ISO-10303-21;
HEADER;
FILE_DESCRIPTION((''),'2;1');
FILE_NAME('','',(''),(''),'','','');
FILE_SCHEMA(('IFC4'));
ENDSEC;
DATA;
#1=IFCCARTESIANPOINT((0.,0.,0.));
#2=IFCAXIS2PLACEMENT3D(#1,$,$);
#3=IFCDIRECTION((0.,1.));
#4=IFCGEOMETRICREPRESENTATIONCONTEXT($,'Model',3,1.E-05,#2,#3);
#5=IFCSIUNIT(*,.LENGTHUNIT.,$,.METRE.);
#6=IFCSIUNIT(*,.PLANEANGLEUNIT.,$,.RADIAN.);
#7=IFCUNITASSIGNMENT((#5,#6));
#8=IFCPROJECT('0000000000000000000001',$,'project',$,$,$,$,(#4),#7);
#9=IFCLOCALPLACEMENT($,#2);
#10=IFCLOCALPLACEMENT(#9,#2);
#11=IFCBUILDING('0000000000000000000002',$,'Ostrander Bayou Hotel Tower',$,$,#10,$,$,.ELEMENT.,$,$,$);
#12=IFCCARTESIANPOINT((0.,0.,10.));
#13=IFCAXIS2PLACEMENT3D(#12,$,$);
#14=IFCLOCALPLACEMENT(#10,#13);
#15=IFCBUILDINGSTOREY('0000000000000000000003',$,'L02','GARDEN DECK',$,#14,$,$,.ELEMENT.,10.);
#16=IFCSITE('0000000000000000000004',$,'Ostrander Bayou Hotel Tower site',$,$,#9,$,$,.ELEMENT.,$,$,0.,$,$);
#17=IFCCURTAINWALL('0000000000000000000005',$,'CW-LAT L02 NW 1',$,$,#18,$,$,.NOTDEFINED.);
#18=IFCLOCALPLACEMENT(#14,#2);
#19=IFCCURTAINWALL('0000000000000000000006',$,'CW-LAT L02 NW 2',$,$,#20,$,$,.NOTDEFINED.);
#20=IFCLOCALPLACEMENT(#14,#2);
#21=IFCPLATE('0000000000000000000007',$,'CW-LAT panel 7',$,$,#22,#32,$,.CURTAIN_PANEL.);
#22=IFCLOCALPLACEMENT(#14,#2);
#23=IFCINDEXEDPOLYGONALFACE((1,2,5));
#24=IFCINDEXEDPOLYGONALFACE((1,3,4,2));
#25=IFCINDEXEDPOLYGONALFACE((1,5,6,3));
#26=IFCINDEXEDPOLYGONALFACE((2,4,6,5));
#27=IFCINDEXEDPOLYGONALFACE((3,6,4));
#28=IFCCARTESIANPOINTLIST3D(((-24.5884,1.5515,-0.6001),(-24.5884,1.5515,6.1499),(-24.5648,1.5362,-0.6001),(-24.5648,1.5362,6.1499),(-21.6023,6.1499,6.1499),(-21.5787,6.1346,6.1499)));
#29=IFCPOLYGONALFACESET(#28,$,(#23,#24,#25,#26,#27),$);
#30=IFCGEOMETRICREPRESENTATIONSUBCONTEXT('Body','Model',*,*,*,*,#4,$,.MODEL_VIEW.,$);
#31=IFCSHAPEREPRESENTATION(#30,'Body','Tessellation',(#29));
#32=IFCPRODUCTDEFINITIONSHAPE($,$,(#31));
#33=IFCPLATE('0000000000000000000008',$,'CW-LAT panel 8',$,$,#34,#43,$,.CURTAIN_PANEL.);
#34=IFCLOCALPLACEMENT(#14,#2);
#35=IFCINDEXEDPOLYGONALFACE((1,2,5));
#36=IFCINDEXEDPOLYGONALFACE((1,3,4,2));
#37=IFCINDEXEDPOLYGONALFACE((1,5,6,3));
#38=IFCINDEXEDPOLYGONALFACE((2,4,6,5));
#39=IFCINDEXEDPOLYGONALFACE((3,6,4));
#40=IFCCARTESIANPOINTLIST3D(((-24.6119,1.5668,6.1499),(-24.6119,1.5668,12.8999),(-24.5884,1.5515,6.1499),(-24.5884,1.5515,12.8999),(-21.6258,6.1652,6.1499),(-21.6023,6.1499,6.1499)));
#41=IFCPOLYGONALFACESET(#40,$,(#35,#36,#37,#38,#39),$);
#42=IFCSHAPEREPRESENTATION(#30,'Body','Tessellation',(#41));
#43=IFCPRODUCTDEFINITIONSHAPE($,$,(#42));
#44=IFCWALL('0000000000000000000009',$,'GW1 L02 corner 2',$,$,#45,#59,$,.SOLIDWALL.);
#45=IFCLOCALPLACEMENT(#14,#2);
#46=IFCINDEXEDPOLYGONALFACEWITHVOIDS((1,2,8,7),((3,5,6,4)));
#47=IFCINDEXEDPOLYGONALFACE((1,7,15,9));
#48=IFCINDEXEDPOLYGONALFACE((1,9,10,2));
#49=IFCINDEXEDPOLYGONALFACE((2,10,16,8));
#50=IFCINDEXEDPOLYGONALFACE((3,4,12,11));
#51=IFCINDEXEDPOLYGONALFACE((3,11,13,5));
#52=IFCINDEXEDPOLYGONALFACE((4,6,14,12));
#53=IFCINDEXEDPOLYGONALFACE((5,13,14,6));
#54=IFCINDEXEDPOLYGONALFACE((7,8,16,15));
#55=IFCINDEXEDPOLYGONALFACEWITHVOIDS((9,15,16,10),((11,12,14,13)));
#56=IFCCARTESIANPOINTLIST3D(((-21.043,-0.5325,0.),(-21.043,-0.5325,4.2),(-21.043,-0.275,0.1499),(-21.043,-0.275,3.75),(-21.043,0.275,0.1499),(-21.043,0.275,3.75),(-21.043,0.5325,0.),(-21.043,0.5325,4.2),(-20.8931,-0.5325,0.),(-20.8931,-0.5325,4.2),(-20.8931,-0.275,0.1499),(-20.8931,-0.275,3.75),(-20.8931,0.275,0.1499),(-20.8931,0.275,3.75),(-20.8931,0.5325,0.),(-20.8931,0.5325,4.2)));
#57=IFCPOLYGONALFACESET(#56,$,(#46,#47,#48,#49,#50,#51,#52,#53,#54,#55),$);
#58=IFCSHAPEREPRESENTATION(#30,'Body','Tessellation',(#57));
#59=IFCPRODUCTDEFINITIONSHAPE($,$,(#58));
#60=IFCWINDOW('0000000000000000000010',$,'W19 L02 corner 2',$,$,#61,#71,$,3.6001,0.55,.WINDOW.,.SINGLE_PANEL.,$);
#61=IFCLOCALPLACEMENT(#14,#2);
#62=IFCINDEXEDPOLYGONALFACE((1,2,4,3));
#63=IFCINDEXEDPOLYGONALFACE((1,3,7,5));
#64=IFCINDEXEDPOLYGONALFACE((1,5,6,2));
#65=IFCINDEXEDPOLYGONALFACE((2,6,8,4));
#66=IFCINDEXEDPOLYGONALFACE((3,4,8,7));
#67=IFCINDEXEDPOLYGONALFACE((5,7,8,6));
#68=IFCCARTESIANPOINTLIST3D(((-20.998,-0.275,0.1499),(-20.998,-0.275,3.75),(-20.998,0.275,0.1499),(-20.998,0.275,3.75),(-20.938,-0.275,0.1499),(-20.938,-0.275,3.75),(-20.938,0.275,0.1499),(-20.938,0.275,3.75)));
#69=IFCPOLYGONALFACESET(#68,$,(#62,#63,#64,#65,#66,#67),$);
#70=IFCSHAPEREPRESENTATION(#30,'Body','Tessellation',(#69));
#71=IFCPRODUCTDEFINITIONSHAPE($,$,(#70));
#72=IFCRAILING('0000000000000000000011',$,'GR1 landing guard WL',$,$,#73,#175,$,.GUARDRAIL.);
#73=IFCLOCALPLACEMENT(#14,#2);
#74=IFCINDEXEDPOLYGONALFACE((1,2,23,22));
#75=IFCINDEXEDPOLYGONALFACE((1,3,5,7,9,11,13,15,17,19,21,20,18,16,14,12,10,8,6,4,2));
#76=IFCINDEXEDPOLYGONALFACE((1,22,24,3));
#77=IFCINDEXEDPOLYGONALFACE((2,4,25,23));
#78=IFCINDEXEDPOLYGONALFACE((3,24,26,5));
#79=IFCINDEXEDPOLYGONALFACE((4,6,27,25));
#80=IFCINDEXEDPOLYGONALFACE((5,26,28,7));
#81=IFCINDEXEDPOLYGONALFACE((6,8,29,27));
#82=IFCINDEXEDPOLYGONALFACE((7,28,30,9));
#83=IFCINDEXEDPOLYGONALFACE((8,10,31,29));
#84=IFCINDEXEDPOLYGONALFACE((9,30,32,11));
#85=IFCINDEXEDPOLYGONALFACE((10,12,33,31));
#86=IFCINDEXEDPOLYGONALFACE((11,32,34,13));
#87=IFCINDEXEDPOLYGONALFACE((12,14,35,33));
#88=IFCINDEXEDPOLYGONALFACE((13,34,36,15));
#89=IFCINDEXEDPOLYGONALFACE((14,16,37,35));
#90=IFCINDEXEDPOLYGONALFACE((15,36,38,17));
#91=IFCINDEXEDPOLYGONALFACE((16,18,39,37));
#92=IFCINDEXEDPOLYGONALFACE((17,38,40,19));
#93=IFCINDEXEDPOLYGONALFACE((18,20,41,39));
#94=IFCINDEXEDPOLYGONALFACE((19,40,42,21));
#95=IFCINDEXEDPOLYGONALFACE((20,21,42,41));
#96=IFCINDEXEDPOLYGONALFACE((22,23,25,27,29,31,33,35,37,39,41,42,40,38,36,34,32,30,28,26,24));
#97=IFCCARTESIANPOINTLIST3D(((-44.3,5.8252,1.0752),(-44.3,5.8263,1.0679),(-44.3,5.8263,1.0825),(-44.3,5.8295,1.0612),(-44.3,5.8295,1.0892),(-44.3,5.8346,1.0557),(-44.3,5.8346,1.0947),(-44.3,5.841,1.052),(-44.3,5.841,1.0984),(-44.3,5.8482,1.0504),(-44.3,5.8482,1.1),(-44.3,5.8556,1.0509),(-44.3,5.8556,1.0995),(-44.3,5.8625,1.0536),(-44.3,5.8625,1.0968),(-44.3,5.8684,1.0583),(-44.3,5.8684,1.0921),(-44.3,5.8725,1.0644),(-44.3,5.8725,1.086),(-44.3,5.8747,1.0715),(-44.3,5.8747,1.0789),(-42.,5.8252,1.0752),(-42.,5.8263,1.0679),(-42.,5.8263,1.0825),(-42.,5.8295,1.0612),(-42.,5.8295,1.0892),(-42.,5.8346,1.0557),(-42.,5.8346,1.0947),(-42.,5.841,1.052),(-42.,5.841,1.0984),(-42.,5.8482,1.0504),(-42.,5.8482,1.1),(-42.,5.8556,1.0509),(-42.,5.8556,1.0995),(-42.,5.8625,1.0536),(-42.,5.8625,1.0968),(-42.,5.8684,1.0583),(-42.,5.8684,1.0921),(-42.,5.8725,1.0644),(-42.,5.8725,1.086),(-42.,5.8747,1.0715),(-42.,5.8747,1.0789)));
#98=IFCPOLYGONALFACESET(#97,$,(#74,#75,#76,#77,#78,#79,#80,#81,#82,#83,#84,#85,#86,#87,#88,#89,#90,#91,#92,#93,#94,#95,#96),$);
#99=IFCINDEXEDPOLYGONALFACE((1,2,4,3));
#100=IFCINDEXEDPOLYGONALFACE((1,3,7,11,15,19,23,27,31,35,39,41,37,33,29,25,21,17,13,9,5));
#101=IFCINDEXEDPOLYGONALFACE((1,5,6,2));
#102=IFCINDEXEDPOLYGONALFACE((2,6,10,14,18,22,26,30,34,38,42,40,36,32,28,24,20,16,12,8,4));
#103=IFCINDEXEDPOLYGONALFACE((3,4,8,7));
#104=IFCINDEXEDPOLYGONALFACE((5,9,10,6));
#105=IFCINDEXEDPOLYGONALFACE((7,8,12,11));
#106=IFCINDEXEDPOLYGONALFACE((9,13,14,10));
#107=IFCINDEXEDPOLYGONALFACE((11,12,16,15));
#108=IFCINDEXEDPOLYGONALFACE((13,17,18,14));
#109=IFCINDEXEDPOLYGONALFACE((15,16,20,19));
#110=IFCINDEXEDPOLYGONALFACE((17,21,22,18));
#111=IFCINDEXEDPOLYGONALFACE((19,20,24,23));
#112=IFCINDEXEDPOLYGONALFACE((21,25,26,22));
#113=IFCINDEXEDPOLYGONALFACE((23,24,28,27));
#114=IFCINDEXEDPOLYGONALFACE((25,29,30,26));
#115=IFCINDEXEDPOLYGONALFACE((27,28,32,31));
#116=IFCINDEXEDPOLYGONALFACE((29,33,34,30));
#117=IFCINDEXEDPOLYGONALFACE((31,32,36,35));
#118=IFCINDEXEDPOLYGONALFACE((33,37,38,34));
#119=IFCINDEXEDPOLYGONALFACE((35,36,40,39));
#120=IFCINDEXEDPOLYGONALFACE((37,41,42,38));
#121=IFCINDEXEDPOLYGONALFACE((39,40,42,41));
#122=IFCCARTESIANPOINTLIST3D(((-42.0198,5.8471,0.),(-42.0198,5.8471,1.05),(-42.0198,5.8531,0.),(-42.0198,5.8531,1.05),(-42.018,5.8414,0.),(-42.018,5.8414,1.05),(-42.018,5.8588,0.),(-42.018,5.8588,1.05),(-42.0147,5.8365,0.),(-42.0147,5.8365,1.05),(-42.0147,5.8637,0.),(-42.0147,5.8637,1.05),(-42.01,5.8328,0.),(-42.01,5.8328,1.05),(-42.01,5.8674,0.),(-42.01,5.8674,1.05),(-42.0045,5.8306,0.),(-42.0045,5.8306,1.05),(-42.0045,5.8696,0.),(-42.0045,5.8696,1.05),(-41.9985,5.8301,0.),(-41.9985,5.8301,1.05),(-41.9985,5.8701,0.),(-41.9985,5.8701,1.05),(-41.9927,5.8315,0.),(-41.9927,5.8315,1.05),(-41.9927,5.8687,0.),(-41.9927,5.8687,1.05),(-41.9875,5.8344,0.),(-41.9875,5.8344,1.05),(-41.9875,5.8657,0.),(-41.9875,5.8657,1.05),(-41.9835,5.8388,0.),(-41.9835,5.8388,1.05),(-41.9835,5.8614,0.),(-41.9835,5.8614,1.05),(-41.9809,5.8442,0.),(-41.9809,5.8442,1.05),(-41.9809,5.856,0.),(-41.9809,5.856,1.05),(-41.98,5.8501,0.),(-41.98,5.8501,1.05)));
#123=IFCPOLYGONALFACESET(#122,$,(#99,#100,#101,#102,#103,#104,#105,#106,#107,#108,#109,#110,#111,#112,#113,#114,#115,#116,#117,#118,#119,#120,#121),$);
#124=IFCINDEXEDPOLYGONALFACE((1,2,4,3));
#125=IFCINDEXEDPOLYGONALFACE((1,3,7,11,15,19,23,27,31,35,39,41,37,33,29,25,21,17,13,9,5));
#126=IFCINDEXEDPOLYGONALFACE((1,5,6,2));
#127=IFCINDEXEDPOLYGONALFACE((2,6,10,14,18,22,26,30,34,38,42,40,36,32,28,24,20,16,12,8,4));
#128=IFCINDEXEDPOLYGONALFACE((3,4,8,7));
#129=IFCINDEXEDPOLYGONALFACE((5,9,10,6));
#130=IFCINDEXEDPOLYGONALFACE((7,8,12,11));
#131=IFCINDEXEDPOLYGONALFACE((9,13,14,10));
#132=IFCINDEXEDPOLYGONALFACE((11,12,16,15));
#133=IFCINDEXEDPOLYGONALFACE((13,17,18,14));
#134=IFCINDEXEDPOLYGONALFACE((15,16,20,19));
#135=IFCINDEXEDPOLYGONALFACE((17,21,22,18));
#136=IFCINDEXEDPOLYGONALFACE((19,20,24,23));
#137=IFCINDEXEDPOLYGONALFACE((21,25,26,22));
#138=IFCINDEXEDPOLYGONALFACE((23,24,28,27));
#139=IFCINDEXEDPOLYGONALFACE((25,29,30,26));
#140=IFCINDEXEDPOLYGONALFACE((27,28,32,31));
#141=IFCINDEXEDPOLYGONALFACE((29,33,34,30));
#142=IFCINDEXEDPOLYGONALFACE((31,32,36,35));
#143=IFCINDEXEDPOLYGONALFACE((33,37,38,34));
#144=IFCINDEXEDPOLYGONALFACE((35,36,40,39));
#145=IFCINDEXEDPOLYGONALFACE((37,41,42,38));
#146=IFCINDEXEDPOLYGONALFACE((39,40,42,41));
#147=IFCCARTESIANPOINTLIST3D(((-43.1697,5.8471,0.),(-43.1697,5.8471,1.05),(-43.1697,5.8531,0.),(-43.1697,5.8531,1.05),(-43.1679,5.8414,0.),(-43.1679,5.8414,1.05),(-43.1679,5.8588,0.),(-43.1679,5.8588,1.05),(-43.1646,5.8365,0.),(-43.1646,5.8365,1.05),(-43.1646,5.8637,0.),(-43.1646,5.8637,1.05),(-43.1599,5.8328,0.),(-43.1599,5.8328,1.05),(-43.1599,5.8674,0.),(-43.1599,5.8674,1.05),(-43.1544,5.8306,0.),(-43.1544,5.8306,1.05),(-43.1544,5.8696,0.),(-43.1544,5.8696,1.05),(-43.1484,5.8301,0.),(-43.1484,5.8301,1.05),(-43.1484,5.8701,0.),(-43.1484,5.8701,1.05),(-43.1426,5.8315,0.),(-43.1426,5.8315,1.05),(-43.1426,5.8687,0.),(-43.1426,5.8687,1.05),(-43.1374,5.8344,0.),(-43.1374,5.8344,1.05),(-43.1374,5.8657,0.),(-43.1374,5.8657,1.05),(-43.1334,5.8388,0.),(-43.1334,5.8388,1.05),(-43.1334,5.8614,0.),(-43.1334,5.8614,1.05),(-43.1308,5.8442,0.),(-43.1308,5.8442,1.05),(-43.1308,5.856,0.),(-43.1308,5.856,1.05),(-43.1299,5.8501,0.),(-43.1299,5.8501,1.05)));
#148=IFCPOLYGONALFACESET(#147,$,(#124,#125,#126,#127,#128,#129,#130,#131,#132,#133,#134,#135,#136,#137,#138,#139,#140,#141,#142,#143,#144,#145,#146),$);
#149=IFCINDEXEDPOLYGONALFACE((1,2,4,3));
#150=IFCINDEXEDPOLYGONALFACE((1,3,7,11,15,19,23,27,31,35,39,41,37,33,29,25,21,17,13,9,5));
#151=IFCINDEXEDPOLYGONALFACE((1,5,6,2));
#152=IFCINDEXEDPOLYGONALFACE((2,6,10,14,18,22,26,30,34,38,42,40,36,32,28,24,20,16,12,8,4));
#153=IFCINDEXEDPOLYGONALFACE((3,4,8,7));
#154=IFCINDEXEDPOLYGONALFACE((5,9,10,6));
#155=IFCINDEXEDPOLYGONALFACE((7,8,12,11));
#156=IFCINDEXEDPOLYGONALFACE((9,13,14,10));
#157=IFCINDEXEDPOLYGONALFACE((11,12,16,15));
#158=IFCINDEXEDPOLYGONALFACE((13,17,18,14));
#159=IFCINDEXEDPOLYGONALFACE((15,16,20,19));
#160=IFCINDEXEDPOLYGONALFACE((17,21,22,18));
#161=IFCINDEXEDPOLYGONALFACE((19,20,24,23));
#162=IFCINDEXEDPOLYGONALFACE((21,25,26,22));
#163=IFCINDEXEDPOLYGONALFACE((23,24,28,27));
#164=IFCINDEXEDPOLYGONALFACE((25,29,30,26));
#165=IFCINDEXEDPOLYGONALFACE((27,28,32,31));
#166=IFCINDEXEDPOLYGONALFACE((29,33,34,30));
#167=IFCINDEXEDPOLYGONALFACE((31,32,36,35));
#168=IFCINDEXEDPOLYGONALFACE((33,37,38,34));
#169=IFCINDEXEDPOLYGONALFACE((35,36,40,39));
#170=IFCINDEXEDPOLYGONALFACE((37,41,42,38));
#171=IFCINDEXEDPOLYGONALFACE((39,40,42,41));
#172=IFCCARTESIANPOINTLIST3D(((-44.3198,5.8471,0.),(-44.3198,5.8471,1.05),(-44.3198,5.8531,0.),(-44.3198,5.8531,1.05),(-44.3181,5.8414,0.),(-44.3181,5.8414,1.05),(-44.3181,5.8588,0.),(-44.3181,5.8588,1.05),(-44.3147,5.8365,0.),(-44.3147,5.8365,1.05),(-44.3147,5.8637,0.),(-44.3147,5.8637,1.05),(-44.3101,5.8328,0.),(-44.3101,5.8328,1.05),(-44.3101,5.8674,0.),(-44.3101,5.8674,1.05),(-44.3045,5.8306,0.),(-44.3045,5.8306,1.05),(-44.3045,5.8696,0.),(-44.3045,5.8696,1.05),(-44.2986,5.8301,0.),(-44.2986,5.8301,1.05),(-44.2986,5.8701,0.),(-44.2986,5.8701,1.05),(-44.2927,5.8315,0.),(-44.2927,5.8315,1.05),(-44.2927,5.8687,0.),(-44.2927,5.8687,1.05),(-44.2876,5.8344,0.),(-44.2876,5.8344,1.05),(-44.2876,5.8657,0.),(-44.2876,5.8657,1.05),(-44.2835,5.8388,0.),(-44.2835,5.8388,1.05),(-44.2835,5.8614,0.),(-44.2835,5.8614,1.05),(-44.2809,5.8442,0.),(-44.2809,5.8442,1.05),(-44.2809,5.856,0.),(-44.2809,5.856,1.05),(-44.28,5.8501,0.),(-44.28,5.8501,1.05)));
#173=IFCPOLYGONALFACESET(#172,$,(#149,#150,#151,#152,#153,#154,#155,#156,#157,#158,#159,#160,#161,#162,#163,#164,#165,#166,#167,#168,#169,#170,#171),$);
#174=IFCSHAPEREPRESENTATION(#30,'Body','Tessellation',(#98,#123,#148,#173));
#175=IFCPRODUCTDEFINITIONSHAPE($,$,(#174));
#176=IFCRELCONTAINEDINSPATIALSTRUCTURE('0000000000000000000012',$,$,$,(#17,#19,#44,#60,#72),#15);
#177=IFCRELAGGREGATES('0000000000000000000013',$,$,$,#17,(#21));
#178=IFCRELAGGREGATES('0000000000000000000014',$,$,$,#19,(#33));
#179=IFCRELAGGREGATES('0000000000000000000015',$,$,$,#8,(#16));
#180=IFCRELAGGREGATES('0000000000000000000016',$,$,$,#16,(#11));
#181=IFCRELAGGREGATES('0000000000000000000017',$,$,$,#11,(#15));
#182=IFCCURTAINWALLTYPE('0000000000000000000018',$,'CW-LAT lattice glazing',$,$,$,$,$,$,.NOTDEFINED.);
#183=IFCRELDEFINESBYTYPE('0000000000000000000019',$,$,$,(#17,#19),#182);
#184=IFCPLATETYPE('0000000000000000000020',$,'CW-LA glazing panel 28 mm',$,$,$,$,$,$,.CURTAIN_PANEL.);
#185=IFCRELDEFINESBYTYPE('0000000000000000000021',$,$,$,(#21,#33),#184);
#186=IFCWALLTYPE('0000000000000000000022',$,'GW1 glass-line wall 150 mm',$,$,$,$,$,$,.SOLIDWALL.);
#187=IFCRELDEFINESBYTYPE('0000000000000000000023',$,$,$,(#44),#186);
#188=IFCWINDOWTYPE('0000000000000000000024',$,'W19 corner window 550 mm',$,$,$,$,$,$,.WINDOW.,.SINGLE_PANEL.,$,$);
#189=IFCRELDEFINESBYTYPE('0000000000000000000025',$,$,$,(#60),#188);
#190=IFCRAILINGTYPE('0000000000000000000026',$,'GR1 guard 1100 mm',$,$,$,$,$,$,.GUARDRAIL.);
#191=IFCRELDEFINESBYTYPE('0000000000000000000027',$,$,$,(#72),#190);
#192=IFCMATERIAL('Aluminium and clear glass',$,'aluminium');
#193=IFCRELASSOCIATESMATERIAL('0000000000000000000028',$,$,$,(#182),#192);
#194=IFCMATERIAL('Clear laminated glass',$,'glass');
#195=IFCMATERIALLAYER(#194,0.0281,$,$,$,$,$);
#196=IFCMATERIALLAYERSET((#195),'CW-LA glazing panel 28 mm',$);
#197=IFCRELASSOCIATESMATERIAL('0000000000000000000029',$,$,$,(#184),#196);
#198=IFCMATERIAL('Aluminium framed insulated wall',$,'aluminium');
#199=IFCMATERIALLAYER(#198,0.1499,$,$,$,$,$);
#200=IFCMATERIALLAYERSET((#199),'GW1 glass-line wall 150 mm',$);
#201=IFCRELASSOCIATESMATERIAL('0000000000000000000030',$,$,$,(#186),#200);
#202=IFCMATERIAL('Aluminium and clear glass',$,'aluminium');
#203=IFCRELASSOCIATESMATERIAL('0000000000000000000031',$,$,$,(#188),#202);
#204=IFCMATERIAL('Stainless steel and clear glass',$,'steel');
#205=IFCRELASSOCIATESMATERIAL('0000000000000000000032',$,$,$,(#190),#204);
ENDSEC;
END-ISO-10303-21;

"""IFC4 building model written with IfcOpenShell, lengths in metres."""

from ifc_helpers import new_model, si_unit, direction, frame, frame_2d, origin, origin_2d, place, context, subcontext, project, spatial, polyline, rectangle, circle, outline, extrude, material, layer, layer_set, type_object, element, fill, aggregate, save


model = new_model("IFC4")

# Units and contexts
model_context = context("Model", 3, precision=1e-05, world=origin(), true_north=direction((0.0, 1.0)))
body_context = subcontext(model_context, "Body", "Model", "MODEL_VIEW")
ifc_project = project(units=[si_unit("LENGTHUNIT", "METRE"), si_unit("PLANEANGLEUNIT", "RADIAN")], contexts=[model_context])

# Site, building, storey
site_placement = place(None, origin())
site = spatial("IfcSite", under=ifc_project, at=site_placement, Name="Ostrander Bayou Hotel Tower site", CompositionType="ELEMENT", RefElevation=0.0)
building_placement = place(site_placement, origin())
building = spatial("IfcBuilding", under=site, at=building_placement, Name="Ostrander Bayou Hotel Tower", CompositionType="ELEMENT")
storey_placement = place(building_placement, frame((0.0, 0.0, 10.0)))
storey = spatial("IfcBuildingStorey", under=building, at=storey_placement, Name="L02", Description="GARDEN DECK", CompositionType="ELEMENT", Elevation=10.0)

# Curtain wall
ifc_material_1 = material(Name="Aluminium and clear glass", Category="aluminium")
curtain_wall_type = type_object("IfcCurtainWallType", Name="CW-LAT lattice glazing", PredefinedType="NOTDEFINED", material=ifc_material_1)
curtain_wall_1_placement = place(storey_placement, origin())
curtain_wall_1 = element("IfcCurtainWall", 1, at=curtain_wall_1_placement, inside=storey, type_object=curtain_wall_type, Name="CW-LAT L02 NW 1", PredefinedType="NOTDEFINED")

# Curtain wall
curtain_wall_2_placement = place(storey_placement, origin())
curtain_wall_2 = element("IfcCurtainWall", 2, at=curtain_wall_2_placement, inside=storey, type_object=curtain_wall_type, Name="CW-LAT L02 NW 2", PredefinedType="NOTDEFINED")

# Shared definitions
ifc_material_2 = material(Name="Clear laminated glass", Category="glass")
ifc_layer_1 = layer(ifc_material_2, 0.0281)
ifc_layer_set_1 = layer_set([ifc_layer_1], Name="CW-LA glazing panel 28 mm")
plate_type = type_object("IfcPlateType", Name="CW-LA glazing panel 28 mm", PredefinedType="CURTAIN_PANEL", material=ifc_layer_set_1)

# Plates
plate_1_placement = place(storey_placement, frame((-21.6023, 6.1499, 6.1499), z_axis=(-0.838683, 0.54462, 0.0), x_axis=(-0.343377, -0.52878, -0.776199)))
plate_1 = element("IfcPlate", 3, at=plate_1_placement, type_object=plate_type, Name="CW-LAT panel 7", PredefinedType="CURTAIN_PANEL", context=body_context, shape_type="SweptSolid", body=[
    extrude(outline(polyline([(0.0, 0.0), (8.6962, 0.0), (3.4569, 4.2558), (0.0, 0.0)])), origin(), (0.0, 0.0, -1.0), 0.0281),
])
aggregate(curtain_wall_1, [plate_1])
plate_2_placement = place(storey_placement, frame((-21.6023, 6.1499, 6.1499), z_axis=(0.838683, -0.54462, 0.0), x_axis=(-0.343377, -0.52878, 0.776199)))
plate_2 = element("IfcPlate", 4, at=plate_2_placement, type_object=plate_type, Name="CW-LAT panel 8", PredefinedType="CURTAIN_PANEL", context=body_context, shape_type="SweptSolid", body=[
    extrude(outline(polyline([(0.0, 0.0), (8.6962, 0.0), (3.4569, 4.2558), (0.0, 0.0)])), origin(), (0.0, 0.0, -1.0), 0.0281),
])
aggregate(curtain_wall_2, [plate_2])

# Wall, opening, window
ifc_material_3 = material(Name="Aluminium framed insulated wall", Category="aluminium")
ifc_layer_2 = layer(ifc_material_3, 0.1499)
ifc_layer_set_2 = layer_set([ifc_layer_2], Name="GW1 glass-line wall 150 mm")
wall_type_1 = type_object("IfcWallType", Name="GW1 glass-line wall 150 mm", PredefinedType="SOLIDWALL", material=ifc_layer_set_2)
wall_1_placement = place(storey_placement, frame((-20.968, 0.5325, 0.0), z_axis=(0.0, 0.0, 1.0), x_axis=(0.0, -1.0, 0.0)))
wall_1 = element("IfcWall", 5, at=wall_1_placement, inside=storey, type_object=wall_type_1, Name="GW1 L02 corner 2", PredefinedType="SOLIDWALL", context=body_context, shape_type="SweptSolid", body=[
    extrude(rectangle(XDim=1.0649, YDim=0.1499, at=frame_2d((0.5325, 0.0))), origin(), (0.0, 0.0, 1.0), 4.2),
])
opening_1_placement = place(wall_1_placement, frame((0.2576, 0.0, 0.1499)))
opening_1 = element("IfcOpeningElement", 6, at=opening_1_placement, cuts=wall_1, PredefinedType="OPENING", context=body_context, shape_type="SweptSolid", body=[
    extrude(rectangle(XDim=0.55, YDim=3.6001, at=frame_2d((0.2749, 1.8))), frame((0.0, 0.075, 0.0), z_axis=(0.0, -1.0, 0.0), x_axis=(1.0, 0.0, 0.0)), (0.0, 0.0, 1.0), 0.1499),
])
ifc_material_4 = material(Name="Aluminium and clear glass", Category="aluminium")
window_type = type_object("IfcWindowType", Name="W19 corner window 550 mm", PartitioningType="SINGLE_PANEL", PredefinedType="WINDOW", material=ifc_material_4)
window_placement = place(opening_1_placement, origin())
window = element("IfcWindow", 7, at=window_placement, inside=storey, type_object=window_type, Name="W19 L02 corner 2", OverallHeight=3.6001, OverallWidth=0.55, PartitioningType="SINGLE_PANEL", PredefinedType="WINDOW", context=body_context, shape_type="SweptSolid", body=[
    extrude(rectangle(XDim=0.55, YDim=3.6001, at=frame_2d((0.2749, 1.8))), frame((0.0, 0.03, 0.0), z_axis=(0.0, -1.0, 0.0), x_axis=(1.0, 0.0, 0.0)), (0.0, 0.0, 1.0), 0.0601),
])
fill(opening_1, window)

# Railing
ifc_material_5 = material(Name="Stainless steel and clear glass", Category="steel")
railing_type = type_object("IfcRailingType", Name="GR1 guard 1100 mm", PredefinedType="GUARDRAIL", material=ifc_material_5)
railing_1_placement = place(storey_placement, frame((-42.0, 5.8501, 0.0)))
element("IfcRailing", 8, at=railing_1_placement, inside=storey, type_object=railing_type, Name="GR1 landing guard WL", PredefinedType="GUARDRAIL", context=body_context, shape_type="SweptSolid", body=[
    extrude(circle(Radius=0.0249, at=origin_2d()), frame((0.0, 0.0, 1.0752), z_axis=(-1.0, 0.0, 0.0), x_axis=(0.0, -1.0, 0.0)), (0.0, 0.0, 1.0), 2.3),
    extrude(circle(Radius=0.02, at=origin_2d()), origin(), (0.0, 0.0, 1.0), 1.05),
    extrude(circle(Radius=0.02, at=origin_2d()), frame((-1.1499, 0.0, 0.0)), (0.0, 0.0, 1.0), 1.05),
    extrude(circle(Radius=0.02, at=origin_2d()), frame((-2.3, 0.0, 0.0)), (0.0, 0.0, 1.0), 1.05),
])

save(model, "model.ifc")
